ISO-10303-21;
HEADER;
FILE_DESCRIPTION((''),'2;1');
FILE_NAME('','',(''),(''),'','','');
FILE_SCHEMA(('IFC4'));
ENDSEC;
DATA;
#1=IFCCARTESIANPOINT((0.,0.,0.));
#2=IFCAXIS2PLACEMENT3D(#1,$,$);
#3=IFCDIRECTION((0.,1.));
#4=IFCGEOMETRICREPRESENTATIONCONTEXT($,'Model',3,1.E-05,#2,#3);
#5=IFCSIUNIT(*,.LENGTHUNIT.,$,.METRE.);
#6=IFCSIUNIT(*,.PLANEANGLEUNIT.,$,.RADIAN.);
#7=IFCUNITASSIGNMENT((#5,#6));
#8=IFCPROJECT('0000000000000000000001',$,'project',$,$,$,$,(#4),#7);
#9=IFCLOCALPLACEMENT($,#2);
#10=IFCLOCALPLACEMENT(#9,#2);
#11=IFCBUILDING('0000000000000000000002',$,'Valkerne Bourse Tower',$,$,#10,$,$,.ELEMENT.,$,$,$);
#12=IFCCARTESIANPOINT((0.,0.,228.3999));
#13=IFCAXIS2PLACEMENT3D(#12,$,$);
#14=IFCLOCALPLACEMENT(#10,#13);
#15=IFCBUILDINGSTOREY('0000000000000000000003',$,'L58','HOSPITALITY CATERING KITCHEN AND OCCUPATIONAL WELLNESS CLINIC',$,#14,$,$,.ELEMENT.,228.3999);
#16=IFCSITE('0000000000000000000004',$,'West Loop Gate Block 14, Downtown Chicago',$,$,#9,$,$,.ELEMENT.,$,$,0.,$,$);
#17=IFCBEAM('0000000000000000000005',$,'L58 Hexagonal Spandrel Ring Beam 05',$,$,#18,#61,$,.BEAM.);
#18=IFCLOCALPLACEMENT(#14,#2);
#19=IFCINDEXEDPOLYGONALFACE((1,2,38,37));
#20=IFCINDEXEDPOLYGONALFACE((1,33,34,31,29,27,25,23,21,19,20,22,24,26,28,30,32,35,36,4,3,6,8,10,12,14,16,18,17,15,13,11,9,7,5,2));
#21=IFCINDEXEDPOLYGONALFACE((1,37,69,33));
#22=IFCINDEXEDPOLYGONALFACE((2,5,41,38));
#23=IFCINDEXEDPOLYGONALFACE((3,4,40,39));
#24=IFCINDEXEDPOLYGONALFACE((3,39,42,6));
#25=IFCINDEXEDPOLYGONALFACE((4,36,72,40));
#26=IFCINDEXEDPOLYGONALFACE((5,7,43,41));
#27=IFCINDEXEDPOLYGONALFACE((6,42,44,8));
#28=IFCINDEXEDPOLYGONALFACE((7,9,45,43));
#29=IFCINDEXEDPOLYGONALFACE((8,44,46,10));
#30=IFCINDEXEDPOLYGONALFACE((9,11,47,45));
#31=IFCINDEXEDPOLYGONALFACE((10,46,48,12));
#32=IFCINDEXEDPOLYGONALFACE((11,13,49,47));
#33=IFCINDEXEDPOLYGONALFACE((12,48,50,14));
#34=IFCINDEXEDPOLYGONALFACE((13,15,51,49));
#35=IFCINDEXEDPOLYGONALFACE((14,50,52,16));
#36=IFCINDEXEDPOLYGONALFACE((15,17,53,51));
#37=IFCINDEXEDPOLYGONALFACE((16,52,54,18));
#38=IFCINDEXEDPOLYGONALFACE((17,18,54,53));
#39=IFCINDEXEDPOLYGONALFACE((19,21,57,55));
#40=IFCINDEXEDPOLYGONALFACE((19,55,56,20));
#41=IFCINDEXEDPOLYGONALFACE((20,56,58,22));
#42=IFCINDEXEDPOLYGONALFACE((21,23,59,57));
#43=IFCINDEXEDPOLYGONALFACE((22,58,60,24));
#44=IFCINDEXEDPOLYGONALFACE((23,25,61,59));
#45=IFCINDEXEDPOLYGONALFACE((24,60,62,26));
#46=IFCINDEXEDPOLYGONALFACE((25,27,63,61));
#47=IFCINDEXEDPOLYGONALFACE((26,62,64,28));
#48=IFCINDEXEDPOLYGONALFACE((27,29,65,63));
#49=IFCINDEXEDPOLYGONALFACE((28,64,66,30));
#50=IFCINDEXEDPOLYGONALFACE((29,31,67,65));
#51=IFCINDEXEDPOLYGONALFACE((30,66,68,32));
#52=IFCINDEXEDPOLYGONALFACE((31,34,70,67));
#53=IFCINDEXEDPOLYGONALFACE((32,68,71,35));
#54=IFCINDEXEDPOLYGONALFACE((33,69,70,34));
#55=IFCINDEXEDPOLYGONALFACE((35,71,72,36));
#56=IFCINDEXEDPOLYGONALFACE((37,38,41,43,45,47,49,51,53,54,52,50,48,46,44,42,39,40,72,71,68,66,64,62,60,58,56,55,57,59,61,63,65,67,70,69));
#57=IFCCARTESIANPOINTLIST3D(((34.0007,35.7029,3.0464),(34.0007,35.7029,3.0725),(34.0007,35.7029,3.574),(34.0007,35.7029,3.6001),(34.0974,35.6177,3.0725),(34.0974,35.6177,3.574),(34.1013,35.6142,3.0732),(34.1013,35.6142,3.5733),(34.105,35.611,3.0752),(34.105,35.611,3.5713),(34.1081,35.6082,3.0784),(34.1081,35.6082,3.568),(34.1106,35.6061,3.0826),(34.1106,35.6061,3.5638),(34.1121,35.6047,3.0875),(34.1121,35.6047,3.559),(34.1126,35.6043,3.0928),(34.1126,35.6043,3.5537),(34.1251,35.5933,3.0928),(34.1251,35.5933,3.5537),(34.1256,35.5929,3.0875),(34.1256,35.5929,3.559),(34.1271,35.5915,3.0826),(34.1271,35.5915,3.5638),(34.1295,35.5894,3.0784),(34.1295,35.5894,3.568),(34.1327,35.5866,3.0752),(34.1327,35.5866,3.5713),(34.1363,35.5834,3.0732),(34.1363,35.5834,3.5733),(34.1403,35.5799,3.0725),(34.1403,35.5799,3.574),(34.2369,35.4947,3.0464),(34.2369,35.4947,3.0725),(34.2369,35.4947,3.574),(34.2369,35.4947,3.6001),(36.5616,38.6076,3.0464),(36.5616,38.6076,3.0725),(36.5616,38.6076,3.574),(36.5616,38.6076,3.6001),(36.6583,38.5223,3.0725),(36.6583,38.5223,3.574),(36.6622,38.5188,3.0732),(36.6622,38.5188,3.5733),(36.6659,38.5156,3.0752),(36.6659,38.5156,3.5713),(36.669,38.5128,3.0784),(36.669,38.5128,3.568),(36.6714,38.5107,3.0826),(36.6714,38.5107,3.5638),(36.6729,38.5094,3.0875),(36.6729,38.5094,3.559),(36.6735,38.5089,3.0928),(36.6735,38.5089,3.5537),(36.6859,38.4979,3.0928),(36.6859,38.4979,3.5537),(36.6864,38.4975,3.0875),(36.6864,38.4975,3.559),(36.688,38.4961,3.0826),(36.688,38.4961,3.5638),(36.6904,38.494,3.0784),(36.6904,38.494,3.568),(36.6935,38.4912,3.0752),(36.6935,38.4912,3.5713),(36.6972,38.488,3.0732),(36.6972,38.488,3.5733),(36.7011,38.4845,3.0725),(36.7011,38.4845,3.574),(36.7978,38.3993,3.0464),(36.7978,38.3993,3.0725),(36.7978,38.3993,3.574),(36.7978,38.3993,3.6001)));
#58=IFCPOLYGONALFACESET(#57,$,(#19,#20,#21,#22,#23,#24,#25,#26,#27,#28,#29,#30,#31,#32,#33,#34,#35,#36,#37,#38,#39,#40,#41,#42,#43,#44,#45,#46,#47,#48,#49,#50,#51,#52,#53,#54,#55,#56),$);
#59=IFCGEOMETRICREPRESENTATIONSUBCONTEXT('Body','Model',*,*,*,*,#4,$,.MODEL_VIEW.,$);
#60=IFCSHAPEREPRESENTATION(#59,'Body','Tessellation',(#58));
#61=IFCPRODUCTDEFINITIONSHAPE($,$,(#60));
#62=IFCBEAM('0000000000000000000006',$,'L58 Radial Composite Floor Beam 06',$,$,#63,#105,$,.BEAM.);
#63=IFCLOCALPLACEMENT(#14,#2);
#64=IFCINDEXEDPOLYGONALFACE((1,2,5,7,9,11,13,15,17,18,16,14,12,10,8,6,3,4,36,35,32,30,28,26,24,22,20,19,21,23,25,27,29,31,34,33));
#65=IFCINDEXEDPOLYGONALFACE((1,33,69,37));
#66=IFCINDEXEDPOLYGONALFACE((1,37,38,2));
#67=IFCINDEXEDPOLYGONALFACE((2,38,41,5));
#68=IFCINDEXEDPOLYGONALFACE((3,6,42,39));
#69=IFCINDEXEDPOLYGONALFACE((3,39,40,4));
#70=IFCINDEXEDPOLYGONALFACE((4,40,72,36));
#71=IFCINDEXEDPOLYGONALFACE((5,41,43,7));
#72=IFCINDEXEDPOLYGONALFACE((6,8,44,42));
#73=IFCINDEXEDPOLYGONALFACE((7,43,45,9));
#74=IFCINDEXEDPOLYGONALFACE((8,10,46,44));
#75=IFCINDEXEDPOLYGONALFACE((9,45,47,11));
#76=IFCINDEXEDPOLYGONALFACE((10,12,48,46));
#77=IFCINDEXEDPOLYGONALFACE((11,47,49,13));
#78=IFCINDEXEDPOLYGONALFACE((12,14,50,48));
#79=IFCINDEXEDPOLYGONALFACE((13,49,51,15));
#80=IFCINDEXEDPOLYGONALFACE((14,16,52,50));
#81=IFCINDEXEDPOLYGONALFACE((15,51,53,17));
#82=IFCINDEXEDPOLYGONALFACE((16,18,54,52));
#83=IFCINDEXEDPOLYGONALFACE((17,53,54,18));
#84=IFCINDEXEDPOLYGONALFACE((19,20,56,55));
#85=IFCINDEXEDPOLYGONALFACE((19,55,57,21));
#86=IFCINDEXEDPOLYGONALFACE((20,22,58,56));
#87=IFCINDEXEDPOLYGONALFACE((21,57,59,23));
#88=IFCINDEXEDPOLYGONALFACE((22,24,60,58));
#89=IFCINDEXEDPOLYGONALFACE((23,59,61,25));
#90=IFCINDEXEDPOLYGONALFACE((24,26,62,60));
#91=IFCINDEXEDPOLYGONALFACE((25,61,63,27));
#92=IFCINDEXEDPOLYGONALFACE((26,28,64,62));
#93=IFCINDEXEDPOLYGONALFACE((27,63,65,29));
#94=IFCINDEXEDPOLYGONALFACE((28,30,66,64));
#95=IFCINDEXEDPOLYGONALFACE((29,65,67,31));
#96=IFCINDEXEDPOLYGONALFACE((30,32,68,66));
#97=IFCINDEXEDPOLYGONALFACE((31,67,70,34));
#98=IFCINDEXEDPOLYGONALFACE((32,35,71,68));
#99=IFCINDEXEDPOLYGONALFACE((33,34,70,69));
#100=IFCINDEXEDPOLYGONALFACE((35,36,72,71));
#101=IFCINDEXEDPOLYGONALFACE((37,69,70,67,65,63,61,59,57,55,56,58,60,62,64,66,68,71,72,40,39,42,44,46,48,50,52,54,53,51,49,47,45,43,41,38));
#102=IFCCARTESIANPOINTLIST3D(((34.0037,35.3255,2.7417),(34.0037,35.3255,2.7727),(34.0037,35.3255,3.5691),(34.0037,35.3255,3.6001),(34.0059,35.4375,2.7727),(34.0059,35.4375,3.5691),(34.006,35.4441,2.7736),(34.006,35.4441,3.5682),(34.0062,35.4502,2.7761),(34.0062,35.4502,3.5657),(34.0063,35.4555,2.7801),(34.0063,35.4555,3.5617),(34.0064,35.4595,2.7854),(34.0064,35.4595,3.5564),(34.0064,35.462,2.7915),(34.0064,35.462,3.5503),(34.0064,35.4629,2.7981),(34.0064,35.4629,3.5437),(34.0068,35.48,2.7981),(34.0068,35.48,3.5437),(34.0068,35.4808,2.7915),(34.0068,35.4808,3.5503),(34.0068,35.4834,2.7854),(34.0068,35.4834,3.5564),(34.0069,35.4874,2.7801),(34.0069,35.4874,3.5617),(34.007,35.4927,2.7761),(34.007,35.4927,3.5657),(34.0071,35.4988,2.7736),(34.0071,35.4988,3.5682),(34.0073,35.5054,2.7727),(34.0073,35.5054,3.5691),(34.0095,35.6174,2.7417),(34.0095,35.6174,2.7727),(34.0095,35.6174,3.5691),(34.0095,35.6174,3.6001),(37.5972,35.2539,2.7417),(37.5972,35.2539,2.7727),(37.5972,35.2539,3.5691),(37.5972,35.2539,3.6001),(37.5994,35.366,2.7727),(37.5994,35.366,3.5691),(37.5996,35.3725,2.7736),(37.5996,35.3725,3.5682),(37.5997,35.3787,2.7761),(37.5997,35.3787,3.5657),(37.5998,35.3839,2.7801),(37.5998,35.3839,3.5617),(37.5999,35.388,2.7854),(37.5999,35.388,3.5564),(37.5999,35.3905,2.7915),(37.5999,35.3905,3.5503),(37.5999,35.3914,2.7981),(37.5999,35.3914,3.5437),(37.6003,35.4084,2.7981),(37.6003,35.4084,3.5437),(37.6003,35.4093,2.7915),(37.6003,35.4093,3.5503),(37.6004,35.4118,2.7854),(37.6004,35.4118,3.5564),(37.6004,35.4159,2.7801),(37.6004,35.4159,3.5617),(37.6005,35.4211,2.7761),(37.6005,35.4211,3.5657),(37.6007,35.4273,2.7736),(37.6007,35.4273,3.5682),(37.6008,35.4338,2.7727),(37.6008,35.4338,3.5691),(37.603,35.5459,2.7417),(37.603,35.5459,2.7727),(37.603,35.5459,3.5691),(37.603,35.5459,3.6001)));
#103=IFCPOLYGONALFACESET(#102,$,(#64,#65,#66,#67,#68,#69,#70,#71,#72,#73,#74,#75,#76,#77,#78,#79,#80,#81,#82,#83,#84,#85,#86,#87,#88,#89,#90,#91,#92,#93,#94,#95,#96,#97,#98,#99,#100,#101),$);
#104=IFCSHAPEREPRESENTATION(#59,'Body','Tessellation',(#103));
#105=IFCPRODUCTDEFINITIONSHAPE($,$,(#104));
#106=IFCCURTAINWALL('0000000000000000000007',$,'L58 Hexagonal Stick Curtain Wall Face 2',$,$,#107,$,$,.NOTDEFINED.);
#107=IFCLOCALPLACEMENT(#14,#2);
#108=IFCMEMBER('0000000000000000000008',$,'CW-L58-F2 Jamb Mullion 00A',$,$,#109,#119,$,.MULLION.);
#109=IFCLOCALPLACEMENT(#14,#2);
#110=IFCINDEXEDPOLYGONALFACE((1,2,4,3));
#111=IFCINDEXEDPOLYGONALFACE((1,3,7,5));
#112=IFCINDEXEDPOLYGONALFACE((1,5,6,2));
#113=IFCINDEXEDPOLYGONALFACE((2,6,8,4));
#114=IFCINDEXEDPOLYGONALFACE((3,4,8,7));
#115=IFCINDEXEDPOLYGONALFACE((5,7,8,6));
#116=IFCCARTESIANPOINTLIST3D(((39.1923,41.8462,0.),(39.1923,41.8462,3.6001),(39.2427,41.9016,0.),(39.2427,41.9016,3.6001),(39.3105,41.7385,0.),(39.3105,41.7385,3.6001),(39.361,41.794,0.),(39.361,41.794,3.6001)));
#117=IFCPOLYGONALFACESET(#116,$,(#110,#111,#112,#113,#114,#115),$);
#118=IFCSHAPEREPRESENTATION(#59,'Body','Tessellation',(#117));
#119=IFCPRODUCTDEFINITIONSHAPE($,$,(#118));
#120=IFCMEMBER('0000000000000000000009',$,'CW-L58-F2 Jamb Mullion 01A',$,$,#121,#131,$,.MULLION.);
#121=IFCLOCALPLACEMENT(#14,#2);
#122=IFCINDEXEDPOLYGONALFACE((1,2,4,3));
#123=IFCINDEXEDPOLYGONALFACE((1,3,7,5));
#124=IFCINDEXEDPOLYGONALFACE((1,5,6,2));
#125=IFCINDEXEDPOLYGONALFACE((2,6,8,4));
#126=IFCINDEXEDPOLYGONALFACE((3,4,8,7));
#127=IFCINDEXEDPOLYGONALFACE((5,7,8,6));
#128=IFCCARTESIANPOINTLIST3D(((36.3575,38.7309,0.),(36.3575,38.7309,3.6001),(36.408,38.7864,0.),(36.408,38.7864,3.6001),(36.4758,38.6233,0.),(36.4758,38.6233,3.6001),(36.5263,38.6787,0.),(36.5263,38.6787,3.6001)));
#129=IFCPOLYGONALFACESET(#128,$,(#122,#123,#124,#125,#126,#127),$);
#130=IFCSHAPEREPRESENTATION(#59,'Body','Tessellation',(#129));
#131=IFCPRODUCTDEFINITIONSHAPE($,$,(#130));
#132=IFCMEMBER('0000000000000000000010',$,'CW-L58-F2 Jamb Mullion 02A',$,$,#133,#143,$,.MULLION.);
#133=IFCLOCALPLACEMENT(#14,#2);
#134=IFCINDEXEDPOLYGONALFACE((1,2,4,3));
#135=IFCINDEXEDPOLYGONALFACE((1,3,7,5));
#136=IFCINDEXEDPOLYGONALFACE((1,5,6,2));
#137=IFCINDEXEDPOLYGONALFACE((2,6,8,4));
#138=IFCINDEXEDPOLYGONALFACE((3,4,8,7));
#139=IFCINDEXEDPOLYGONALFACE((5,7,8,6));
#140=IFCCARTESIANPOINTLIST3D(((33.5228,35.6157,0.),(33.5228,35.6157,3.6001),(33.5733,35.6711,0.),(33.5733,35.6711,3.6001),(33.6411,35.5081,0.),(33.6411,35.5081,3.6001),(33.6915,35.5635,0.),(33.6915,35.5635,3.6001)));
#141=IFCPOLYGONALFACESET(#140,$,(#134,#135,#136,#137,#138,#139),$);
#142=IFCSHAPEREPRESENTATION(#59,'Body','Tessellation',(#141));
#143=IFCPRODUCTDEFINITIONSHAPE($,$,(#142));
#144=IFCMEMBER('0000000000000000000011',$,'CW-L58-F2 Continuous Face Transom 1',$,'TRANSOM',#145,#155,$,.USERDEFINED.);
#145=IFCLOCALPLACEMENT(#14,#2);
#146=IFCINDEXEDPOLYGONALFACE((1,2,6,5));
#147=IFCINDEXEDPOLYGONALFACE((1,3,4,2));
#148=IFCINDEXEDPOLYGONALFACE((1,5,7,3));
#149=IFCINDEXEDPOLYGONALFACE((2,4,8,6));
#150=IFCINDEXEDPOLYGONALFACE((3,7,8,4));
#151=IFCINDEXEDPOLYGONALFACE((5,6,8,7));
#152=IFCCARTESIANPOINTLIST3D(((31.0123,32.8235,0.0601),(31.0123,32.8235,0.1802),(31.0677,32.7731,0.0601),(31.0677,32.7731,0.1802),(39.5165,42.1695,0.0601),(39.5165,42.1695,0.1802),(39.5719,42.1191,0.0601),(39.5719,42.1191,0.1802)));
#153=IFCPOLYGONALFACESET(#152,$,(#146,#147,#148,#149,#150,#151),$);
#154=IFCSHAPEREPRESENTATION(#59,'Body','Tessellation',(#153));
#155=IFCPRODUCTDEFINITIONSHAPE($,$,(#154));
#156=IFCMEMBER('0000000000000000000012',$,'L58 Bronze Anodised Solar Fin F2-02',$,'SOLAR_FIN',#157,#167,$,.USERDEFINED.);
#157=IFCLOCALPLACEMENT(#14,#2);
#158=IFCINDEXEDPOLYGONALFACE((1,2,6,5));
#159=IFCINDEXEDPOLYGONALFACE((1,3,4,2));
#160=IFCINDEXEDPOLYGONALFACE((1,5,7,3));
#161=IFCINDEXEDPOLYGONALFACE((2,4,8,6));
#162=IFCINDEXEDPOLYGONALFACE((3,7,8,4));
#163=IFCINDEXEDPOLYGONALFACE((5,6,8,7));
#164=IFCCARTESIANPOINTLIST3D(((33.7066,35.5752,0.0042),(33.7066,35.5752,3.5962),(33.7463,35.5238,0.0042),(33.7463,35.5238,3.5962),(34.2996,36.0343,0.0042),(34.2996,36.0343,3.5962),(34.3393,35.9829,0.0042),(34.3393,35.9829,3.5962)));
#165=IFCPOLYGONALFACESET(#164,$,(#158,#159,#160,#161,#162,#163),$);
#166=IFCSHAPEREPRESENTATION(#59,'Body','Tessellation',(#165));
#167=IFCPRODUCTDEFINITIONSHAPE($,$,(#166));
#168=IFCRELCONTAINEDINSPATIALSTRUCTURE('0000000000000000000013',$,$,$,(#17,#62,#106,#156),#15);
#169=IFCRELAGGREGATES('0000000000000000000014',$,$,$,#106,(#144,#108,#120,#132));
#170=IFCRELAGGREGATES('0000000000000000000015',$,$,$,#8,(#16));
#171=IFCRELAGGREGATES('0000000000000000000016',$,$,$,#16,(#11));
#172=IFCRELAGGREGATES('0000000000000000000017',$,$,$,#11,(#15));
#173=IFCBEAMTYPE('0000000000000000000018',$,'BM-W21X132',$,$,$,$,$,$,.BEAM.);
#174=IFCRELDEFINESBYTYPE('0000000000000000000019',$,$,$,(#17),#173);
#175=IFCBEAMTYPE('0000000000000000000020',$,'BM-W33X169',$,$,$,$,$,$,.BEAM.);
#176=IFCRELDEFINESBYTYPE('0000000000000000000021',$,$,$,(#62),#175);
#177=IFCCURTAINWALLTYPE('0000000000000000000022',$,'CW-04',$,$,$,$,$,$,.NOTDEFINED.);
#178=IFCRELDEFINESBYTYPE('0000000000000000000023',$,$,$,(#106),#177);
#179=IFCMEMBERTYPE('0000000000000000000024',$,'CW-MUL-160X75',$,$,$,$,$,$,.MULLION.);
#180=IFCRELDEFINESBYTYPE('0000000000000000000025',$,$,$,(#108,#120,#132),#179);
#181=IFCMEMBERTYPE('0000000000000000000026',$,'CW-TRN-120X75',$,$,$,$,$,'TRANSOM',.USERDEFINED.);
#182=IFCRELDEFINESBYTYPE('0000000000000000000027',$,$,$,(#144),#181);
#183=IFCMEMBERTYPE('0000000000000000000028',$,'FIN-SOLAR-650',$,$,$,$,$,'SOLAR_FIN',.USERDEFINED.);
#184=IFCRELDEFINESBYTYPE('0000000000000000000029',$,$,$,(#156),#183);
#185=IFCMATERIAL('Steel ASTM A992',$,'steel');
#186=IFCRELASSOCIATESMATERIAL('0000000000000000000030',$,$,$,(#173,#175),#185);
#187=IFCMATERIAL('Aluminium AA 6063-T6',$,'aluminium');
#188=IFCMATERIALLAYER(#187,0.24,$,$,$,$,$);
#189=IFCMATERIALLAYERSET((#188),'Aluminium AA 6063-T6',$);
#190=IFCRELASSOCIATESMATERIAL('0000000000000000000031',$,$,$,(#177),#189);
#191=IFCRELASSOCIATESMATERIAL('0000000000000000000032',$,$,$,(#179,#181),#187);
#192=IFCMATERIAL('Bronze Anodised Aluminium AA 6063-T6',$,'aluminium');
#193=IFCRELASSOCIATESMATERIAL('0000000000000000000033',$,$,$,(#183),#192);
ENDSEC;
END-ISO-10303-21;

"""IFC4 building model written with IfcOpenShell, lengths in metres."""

from ifc_helpers import new_model, si_unit, direction, frame, origin, origin_2d, place, context, subcontext, project, spatial, rectangle, i_section, extrude, material, layer, layer_set, material_profile, profile_set, type_object, element, aggregate, save


model = new_model("IFC4")

# Units and contexts
model_context = context("Model", 3, precision=1e-05, world=origin(), true_north=direction((0.0, 1.0)))
body_context = subcontext(model_context, "Body", "Model", "MODEL_VIEW")
ifc_project = project(units=[si_unit("LENGTHUNIT", "METRE"), si_unit("PLANEANGLEUNIT", "RADIAN")], contexts=[model_context])

# Site, building, storey
site_placement = place(None, origin())
site = spatial("IfcSite", under=ifc_project, at=site_placement, Name="West Loop Gate Block 14, Downtown Chicago", CompositionType="ELEMENT", RefElevation=0.0)
building_placement = place(site_placement, origin())
building = spatial("IfcBuilding", under=site, at=building_placement, Name="Valkerne Bourse Tower", CompositionType="ELEMENT")
storey_placement = place(building_placement, frame((0.0, 0.0, 228.3999)))
storey = spatial("IfcBuildingStorey", under=building, at=storey_placement, Name="L58", Description="HOSPITALITY CATERING KITCHEN AND OCCUPATIONAL WELLNESS CLINIC", CompositionType="ELEMENT", Elevation=228.3999)

# Beams
ifc_material_1 = material(Name="Steel ASTM A992", Category="steel")
ifc_material_profile_1 = material_profile(ifc_material_1, i_section(OverallWidth=0.3149, OverallDepth=0.5537, WebThickness=0.0166, FlangeThickness=0.0261, FilletRadius=0.0203, at=origin_2d()), Name="W21X132")
ifc_profile_set_1 = profile_set([ifc_material_profile_1], Name="Steel ASTM A992")
beam_type_1 = type_object("IfcBeamType", Name="BM-W21X132", PredefinedType="BEAM", material=ifc_profile_set_1)
for number, where, z_axis, x_axis, name in (
    (1, (36.6797, 38.5034, 3.3232), (-0.661325, -0.750099, 0.0), (0.750099, -0.661325, 0.0), "L58 Hexagonal Spandrel Ring Beam 05"),
):
    element("IfcBeam", number, at=place(storey_placement, frame(where, z_axis=z_axis, x_axis=x_axis)), inside=storey, type_object=beam_type_1, Name=name, PredefinedType="BEAM", context=body_context, shape_type="SweptSolid", body=[
        extrude(i_section(OverallWidth=0.3149, OverallDepth=0.5537, WebThickness=0.0166, FlangeThickness=0.0261, FilletRadius=0.0203, at=origin_2d()), origin(), (0.0, 0.0, 1.0), 3.8723),
    ])
ifc_material_profile_2 = material_profile(ifc_material_1, i_section(OverallWidth=0.292, OverallDepth=0.8584, WebThickness=0.0171, FlangeThickness=0.031, FilletRadius=0.0254, at=origin_2d()), Name="W33X169")
ifc_profile_set_2 = profile_set([ifc_material_profile_2], Name="Steel ASTM A992")
beam_type_2 = type_object("IfcBeamType", Name="BM-W33X169", PredefinedType="BEAM", material=ifc_profile_set_2)
beam_1_placement = place(storey_placement, frame((34.0066, 35.4714, 3.1709), z_axis=(0.999802, -0.019902, 0.0), x_axis=(0.019902, 0.999802, 0.0)))
element("IfcBeam", 2, at=beam_1_placement, inside=storey, type_object=beam_type_2, Name="L58 Radial Composite Floor Beam 06", PredefinedType="BEAM", context=body_context, shape_type="SweptSolid", body=[
    extrude(i_section(OverallWidth=0.292, OverallDepth=0.8584, WebThickness=0.0171, FlangeThickness=0.031, FilletRadius=0.0254, at=origin_2d()), origin(), (0.0, 0.0, 1.0), 3.5942),
])

# Curtain wall, members
ifc_material_2 = material(Name="Aluminium AA 6063-T6", Category="aluminium")
ifc_layer_1 = layer(ifc_material_2, 0.24)
ifc_layer_set_1 = layer_set([ifc_layer_1], Name="Aluminium AA 6063-T6")
curtain_wall_type = type_object("IfcCurtainWallType", Name="CW-04", PredefinedType="NOTDEFINED", material=ifc_layer_set_1)
curtain_wall_placement = place(storey_placement, origin())
curtain_wall = element("IfcCurtainWall", 3, at=curtain_wall_placement, inside=storey, type_object=curtain_wall_type, Name="L58 Hexagonal Stick Curtain Wall Face 2", PredefinedType="NOTDEFINED")
ifc_material_profile_3 = material_profile(ifc_material_2, rectangle(XDim=0.075, YDim=0.1599, at=origin_2d()), Name="CWM-75X160")
ifc_profile_set_3 = profile_set([ifc_material_profile_3], Name="Aluminium AA 6063-T6")
member_type_1 = type_object("IfcMemberType", Name="CW-MUL-160X75", PredefinedType="MULLION", material=ifc_profile_set_3)
member_1_placement = place(storey_placement, frame((39.2766, 41.8201, 0.0), z_axis=(0.0, 0.0, 1.0), x_axis=(-0.673012, -0.739632, 0.0)))
member_1 = element("IfcMember", 4, at=member_1_placement, type_object=member_type_1, Name="CW-L58-F2 Jamb Mullion 00A", PredefinedType="MULLION", context=body_context, shape_type="SweptSolid", body=[
    extrude(rectangle(XDim=0.075, YDim=0.1599, at=origin_2d()), origin(), (0.0, 0.0, 1.0), 3.6001),
])
member_2_placement = place(storey_placement, frame((36.4419, 38.7048, 0.0), z_axis=(0.0, 0.0, 1.0), x_axis=(-0.673012, -0.739632, 0.0)))
member_2 = element("IfcMember", 5, at=member_2_placement, type_object=member_type_1, Name="CW-L58-F2 Jamb Mullion 01A", PredefinedType="MULLION", context=body_context, shape_type="SweptSolid", body=[
    extrude(rectangle(XDim=0.075, YDim=0.1599, at=origin_2d()), origin(), (0.0, 0.0, 1.0), 3.6001),
])
member_3_placement = place(storey_placement, frame((33.6072, 35.5896, 0.0), z_axis=(0.0, 0.0, 1.0), x_axis=(-0.673025, -0.73962, 0.0)))
member_3 = element("IfcMember", 6, at=member_3_placement, type_object=member_type_1, Name="CW-L58-F2 Jamb Mullion 02A", PredefinedType="MULLION", context=body_context, shape_type="SweptSolid", body=[
    extrude(rectangle(XDim=0.075, YDim=0.1599, at=origin_2d()), origin(), (0.0, 0.0, 1.0), 3.6001),
])
ifc_material_profile_4 = material_profile(ifc_material_2, rectangle(XDim=0.075, YDim=0.1201, at=origin_2d()), Name="CWT-75X120")
ifc_profile_set_4 = profile_set([ifc_material_profile_4], Name="Aluminium AA 6063-T6")
member_type_2 = type_object("IfcMemberType", Name="CW-TRN-120X75", ElementType="TRANSOM", PredefinedType="USERDEFINED", material=ifc_profile_set_4)
member_4_placement = place(storey_placement, frame((39.5442, 42.1443, 0.1201), z_axis=(-0.673012, -0.739631, 0.0), x_axis=(0.739631, -0.673012, 0.0)))
member_4 = element("IfcMember", 7, at=member_4_placement, type_object=member_type_2, Name="CW-L58-F2 Continuous Face Transom 1", ObjectType="TRANSOM", PredefinedType="USERDEFINED", context=body_context, shape_type="SweptSolid", body=[
    extrude(rectangle(XDim=0.075, YDim=0.1201, at=origin_2d()), origin(), (0.0, 0.0, 1.0), 12.636),
])

# Member
ifc_material_3 = material(Name="Bronze Anodised Aluminium AA 6063-T6", Category="aluminium")
ifc_material_profile_5 = material_profile(ifc_material_3, rectangle(XDim=0.0649, YDim=0.75, at=origin_2d()), Name="FIN-65X750")
ifc_profile_set_5 = profile_set([ifc_material_profile_5], Name="Bronze Anodised Aluminium AA 6063-T6")
member_type_3 = type_object("IfcMemberType", Name="FIN-SOLAR-650", ElementType="SOLAR_FIN", PredefinedType="USERDEFINED", material=ifc_profile_set_5)
member_5_placement = place(storey_placement, frame((34.0229, 35.7791, 0.0042), z_axis=(0.0, 0.0, 1.0), x_axis=(-0.612185, 0.790714, 0.0)))
element("IfcMember", 8, at=member_5_placement, inside=storey, type_object=member_type_3, Name="L58 Bronze Anodised Solar Fin F2-02", ObjectType="SOLAR_FIN", PredefinedType="USERDEFINED", context=body_context, shape_type="SweptSolid", body=[
    extrude(rectangle(XDim=0.0649, YDim=0.75, at=origin_2d()), origin(), (0.0, 0.0, 1.0), 3.592),
])

aggregate(curtain_wall, [member_4, member_1, member_2, member_3])

save(model, "model.ifc")
